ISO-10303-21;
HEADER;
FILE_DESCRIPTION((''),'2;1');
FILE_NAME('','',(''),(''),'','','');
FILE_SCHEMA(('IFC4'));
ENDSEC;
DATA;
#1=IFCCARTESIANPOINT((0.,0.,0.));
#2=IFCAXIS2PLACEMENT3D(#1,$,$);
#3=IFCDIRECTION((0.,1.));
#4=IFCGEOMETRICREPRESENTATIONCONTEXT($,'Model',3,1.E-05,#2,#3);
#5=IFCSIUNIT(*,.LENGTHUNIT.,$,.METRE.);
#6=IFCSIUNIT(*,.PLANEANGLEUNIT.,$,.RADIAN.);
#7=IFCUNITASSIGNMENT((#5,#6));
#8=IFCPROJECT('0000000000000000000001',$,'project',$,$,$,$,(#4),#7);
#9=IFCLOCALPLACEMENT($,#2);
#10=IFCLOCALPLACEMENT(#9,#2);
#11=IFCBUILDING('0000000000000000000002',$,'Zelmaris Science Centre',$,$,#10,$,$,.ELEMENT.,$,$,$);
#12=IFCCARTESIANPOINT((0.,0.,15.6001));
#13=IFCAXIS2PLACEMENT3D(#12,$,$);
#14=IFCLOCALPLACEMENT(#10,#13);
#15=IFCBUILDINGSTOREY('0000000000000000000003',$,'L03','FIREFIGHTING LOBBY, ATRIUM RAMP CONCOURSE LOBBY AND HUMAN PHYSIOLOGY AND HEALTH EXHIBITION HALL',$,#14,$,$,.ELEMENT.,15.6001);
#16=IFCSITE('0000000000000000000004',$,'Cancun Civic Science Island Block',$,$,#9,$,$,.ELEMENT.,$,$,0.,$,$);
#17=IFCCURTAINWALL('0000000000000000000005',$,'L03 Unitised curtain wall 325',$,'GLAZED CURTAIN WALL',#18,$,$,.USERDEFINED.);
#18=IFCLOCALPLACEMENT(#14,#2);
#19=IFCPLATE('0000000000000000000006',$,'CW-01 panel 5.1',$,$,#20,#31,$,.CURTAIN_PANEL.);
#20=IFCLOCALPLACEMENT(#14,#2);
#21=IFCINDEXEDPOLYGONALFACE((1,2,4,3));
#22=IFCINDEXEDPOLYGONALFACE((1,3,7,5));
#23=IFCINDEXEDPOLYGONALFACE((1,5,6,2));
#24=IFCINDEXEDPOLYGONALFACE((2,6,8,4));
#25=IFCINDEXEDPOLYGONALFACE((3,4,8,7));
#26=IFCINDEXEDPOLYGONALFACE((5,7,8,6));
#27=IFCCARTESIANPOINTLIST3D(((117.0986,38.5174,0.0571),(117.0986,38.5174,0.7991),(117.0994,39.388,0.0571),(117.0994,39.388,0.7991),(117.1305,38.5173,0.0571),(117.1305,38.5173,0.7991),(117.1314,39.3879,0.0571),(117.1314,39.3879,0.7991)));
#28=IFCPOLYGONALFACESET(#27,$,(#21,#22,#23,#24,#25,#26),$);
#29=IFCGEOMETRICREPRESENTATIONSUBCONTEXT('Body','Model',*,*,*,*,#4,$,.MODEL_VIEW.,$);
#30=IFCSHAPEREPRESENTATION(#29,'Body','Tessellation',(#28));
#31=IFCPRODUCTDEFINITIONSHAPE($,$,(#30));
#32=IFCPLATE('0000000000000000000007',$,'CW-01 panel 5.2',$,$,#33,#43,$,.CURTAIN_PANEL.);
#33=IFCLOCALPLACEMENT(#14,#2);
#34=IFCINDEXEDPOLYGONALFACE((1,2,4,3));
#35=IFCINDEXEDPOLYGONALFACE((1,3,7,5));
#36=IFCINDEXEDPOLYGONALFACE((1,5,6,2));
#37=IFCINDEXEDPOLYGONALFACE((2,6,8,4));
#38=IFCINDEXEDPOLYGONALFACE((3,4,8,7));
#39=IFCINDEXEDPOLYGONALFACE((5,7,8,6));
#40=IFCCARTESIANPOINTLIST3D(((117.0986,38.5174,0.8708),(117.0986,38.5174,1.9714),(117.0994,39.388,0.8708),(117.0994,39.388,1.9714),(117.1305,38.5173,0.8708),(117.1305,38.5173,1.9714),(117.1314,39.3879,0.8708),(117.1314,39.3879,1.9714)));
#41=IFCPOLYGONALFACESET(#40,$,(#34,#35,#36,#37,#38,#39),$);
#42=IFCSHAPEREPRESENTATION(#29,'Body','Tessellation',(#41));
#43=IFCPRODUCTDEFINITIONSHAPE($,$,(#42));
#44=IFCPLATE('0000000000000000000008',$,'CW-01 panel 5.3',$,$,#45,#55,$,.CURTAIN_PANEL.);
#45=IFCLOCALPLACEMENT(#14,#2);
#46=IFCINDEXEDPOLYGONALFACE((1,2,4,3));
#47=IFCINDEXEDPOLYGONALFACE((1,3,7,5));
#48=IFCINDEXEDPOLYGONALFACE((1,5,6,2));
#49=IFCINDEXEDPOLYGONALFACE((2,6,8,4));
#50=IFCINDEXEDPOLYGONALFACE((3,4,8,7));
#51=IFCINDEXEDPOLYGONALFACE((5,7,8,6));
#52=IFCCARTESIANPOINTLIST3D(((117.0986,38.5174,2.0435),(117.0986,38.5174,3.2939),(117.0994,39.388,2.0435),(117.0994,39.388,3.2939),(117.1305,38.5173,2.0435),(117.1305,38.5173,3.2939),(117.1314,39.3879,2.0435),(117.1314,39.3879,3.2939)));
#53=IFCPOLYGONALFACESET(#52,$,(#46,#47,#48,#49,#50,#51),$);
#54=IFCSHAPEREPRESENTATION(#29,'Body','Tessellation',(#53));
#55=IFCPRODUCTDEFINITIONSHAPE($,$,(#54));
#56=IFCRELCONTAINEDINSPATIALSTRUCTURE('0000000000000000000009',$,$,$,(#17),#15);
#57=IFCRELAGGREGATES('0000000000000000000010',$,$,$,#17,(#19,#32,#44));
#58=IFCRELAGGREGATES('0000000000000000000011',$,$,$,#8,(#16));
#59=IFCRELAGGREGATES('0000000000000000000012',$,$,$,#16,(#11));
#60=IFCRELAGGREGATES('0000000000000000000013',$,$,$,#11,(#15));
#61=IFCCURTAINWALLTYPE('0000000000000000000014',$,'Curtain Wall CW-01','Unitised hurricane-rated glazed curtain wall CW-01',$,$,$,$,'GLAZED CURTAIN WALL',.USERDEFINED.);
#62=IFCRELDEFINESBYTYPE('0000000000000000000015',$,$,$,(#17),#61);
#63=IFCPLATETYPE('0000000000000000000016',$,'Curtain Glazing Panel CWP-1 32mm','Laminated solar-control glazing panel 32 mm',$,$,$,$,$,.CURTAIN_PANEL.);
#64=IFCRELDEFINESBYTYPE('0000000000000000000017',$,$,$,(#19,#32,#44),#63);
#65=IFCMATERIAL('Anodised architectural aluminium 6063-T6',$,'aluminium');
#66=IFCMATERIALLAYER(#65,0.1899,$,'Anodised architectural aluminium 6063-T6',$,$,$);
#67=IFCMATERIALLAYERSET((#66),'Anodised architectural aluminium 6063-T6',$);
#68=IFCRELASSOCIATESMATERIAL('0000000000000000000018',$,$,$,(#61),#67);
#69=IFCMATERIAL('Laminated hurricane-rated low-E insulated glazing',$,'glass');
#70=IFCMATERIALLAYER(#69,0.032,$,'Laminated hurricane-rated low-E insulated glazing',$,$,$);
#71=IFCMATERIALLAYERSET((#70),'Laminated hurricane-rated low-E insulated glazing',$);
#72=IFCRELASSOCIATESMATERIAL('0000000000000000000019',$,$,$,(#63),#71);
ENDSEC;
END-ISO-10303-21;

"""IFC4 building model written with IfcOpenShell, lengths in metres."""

from ifc_helpers import new_model, si_unit, direction, frame, origin, origin_2d, place, context, subcontext, project, spatial, rectangle, extrude, material, layer, layer_set, type_object, element, aggregate, save


model = new_model("IFC4")

# Units and contexts
model_context = context("Model", 3, precision=1e-05, world=origin(), true_north=direction((0.0, 1.0)))
body_context = subcontext(model_context, "Body", "Model", "MODEL_VIEW")
ifc_project = project(units=[si_unit("LENGTHUNIT", "METRE"), si_unit("PLANEANGLEUNIT", "RADIAN")], contexts=[model_context])

# Site, building, storey
site_placement = place(None, origin())
site = spatial("IfcSite", under=ifc_project, at=site_placement, Name="Cancun Civic Science Island Block", CompositionType="ELEMENT", RefElevation=0.0)
building_placement = place(site_placement, origin())
building = spatial("IfcBuilding", under=site, at=building_placement, Name="Zelmaris Science Centre", CompositionType="ELEMENT")
storey_placement = place(building_placement, frame((0.0, 0.0, 15.6001)))
storey = spatial("IfcBuildingStorey", under=building, at=storey_placement, Name="L03", Description="FIREFIGHTING LOBBY, ATRIUM RAMP CONCOURSE LOBBY AND HUMAN PHYSIOLOGY AND HEALTH EXHIBITION HALL", CompositionType="ELEMENT", Elevation=15.6001)

# Curtain wall, plates
ifc_material_1 = material(Name="Anodised architectural aluminium 6063-T6", Category="aluminium")
ifc_layer_1 = layer(ifc_material_1, 0.1899, Name="Anodised architectural aluminium 6063-T6")
ifc_layer_set_1 = layer_set([ifc_layer_1], Name="Anodised architectural aluminium 6063-T6")
curtain_wall_type = type_object("IfcCurtainWallType", Name="Curtain Wall CW-01", Description="Unitised hurricane-rated glazed curtain wall CW-01", ElementType="GLAZED CURTAIN WALL", PredefinedType="USERDEFINED", material=ifc_layer_set_1)
curtain_wall_placement = place(storey_placement, origin())
curtain_wall = element("IfcCurtainWall", 1, at=curtain_wall_placement, inside=storey, type_object=curtain_wall_type, Name="L03 Unitised curtain wall 325", ObjectType="GLAZED CURTAIN WALL", PredefinedType="USERDEFINED")
ifc_material_2 = material(Name="Laminated hurricane-rated low-E insulated glazing", Category="glass")
ifc_layer_2 = layer(ifc_material_2, 0.032, Name="Laminated hurricane-rated low-E insulated glazing")
ifc_layer_set_2 = layer_set([ifc_layer_2], Name="Laminated hurricane-rated low-E insulated glazing")
plate_type = type_object("IfcPlateType", Name="Curtain Glazing Panel CWP-1 32mm", Description="Laminated solar-control glazing panel 32 mm", PredefinedType="CURTAIN_PANEL", material=ifc_layer_set_2)
plate_1_placement = place(storey_placement, frame((117.115, 38.9526, 0.0571), z_axis=(0.0, 0.0, 1.0), x_axis=(0.001022, 0.999999, 0.0)))
plate_1 = element("IfcPlate", 2, at=plate_1_placement, type_object=plate_type, Name="CW-01 panel 5.1", PredefinedType="CURTAIN_PANEL", context=body_context, shape_type="SweptSolid", body=[
    extrude(rectangle(XDim=0.8706, YDim=0.032, at=origin_2d()), origin(), (0.0, 0.0, 1.0), 0.7419),
])
plate_2_placement = place(storey_placement, frame((117.115, 38.9526, 0.8708), z_axis=(0.0, 0.0, 1.0), x_axis=(0.001022, 0.999999, 0.0)))
plate_2 = element("IfcPlate", 3, at=plate_2_placement, type_object=plate_type, Name="CW-01 panel 5.2", PredefinedType="CURTAIN_PANEL", context=body_context, shape_type="SweptSolid", body=[
    extrude(rectangle(XDim=0.8706, YDim=0.032, at=origin_2d()), origin(), (0.0, 0.0, 1.0), 1.1006),
])
plate_3_placement = place(storey_placement, frame((117.115, 38.9526, 2.0435), z_axis=(0.0, 0.0, 1.0), x_axis=(0.001022, 0.999999, 0.0)))
plate_3 = element("IfcPlate", 4, at=plate_3_placement, type_object=plate_type, Name="CW-01 panel 5.3", PredefinedType="CURTAIN_PANEL", context=body_context, shape_type="SweptSolid", body=[
    extrude(rectangle(XDim=0.8706, YDim=0.032, at=origin_2d()), origin(), (0.0, 0.0, 1.0), 1.2505),
])
aggregate(curtain_wall, [plate_1, plate_2, plate_3])

save(model, "model.ifc")
